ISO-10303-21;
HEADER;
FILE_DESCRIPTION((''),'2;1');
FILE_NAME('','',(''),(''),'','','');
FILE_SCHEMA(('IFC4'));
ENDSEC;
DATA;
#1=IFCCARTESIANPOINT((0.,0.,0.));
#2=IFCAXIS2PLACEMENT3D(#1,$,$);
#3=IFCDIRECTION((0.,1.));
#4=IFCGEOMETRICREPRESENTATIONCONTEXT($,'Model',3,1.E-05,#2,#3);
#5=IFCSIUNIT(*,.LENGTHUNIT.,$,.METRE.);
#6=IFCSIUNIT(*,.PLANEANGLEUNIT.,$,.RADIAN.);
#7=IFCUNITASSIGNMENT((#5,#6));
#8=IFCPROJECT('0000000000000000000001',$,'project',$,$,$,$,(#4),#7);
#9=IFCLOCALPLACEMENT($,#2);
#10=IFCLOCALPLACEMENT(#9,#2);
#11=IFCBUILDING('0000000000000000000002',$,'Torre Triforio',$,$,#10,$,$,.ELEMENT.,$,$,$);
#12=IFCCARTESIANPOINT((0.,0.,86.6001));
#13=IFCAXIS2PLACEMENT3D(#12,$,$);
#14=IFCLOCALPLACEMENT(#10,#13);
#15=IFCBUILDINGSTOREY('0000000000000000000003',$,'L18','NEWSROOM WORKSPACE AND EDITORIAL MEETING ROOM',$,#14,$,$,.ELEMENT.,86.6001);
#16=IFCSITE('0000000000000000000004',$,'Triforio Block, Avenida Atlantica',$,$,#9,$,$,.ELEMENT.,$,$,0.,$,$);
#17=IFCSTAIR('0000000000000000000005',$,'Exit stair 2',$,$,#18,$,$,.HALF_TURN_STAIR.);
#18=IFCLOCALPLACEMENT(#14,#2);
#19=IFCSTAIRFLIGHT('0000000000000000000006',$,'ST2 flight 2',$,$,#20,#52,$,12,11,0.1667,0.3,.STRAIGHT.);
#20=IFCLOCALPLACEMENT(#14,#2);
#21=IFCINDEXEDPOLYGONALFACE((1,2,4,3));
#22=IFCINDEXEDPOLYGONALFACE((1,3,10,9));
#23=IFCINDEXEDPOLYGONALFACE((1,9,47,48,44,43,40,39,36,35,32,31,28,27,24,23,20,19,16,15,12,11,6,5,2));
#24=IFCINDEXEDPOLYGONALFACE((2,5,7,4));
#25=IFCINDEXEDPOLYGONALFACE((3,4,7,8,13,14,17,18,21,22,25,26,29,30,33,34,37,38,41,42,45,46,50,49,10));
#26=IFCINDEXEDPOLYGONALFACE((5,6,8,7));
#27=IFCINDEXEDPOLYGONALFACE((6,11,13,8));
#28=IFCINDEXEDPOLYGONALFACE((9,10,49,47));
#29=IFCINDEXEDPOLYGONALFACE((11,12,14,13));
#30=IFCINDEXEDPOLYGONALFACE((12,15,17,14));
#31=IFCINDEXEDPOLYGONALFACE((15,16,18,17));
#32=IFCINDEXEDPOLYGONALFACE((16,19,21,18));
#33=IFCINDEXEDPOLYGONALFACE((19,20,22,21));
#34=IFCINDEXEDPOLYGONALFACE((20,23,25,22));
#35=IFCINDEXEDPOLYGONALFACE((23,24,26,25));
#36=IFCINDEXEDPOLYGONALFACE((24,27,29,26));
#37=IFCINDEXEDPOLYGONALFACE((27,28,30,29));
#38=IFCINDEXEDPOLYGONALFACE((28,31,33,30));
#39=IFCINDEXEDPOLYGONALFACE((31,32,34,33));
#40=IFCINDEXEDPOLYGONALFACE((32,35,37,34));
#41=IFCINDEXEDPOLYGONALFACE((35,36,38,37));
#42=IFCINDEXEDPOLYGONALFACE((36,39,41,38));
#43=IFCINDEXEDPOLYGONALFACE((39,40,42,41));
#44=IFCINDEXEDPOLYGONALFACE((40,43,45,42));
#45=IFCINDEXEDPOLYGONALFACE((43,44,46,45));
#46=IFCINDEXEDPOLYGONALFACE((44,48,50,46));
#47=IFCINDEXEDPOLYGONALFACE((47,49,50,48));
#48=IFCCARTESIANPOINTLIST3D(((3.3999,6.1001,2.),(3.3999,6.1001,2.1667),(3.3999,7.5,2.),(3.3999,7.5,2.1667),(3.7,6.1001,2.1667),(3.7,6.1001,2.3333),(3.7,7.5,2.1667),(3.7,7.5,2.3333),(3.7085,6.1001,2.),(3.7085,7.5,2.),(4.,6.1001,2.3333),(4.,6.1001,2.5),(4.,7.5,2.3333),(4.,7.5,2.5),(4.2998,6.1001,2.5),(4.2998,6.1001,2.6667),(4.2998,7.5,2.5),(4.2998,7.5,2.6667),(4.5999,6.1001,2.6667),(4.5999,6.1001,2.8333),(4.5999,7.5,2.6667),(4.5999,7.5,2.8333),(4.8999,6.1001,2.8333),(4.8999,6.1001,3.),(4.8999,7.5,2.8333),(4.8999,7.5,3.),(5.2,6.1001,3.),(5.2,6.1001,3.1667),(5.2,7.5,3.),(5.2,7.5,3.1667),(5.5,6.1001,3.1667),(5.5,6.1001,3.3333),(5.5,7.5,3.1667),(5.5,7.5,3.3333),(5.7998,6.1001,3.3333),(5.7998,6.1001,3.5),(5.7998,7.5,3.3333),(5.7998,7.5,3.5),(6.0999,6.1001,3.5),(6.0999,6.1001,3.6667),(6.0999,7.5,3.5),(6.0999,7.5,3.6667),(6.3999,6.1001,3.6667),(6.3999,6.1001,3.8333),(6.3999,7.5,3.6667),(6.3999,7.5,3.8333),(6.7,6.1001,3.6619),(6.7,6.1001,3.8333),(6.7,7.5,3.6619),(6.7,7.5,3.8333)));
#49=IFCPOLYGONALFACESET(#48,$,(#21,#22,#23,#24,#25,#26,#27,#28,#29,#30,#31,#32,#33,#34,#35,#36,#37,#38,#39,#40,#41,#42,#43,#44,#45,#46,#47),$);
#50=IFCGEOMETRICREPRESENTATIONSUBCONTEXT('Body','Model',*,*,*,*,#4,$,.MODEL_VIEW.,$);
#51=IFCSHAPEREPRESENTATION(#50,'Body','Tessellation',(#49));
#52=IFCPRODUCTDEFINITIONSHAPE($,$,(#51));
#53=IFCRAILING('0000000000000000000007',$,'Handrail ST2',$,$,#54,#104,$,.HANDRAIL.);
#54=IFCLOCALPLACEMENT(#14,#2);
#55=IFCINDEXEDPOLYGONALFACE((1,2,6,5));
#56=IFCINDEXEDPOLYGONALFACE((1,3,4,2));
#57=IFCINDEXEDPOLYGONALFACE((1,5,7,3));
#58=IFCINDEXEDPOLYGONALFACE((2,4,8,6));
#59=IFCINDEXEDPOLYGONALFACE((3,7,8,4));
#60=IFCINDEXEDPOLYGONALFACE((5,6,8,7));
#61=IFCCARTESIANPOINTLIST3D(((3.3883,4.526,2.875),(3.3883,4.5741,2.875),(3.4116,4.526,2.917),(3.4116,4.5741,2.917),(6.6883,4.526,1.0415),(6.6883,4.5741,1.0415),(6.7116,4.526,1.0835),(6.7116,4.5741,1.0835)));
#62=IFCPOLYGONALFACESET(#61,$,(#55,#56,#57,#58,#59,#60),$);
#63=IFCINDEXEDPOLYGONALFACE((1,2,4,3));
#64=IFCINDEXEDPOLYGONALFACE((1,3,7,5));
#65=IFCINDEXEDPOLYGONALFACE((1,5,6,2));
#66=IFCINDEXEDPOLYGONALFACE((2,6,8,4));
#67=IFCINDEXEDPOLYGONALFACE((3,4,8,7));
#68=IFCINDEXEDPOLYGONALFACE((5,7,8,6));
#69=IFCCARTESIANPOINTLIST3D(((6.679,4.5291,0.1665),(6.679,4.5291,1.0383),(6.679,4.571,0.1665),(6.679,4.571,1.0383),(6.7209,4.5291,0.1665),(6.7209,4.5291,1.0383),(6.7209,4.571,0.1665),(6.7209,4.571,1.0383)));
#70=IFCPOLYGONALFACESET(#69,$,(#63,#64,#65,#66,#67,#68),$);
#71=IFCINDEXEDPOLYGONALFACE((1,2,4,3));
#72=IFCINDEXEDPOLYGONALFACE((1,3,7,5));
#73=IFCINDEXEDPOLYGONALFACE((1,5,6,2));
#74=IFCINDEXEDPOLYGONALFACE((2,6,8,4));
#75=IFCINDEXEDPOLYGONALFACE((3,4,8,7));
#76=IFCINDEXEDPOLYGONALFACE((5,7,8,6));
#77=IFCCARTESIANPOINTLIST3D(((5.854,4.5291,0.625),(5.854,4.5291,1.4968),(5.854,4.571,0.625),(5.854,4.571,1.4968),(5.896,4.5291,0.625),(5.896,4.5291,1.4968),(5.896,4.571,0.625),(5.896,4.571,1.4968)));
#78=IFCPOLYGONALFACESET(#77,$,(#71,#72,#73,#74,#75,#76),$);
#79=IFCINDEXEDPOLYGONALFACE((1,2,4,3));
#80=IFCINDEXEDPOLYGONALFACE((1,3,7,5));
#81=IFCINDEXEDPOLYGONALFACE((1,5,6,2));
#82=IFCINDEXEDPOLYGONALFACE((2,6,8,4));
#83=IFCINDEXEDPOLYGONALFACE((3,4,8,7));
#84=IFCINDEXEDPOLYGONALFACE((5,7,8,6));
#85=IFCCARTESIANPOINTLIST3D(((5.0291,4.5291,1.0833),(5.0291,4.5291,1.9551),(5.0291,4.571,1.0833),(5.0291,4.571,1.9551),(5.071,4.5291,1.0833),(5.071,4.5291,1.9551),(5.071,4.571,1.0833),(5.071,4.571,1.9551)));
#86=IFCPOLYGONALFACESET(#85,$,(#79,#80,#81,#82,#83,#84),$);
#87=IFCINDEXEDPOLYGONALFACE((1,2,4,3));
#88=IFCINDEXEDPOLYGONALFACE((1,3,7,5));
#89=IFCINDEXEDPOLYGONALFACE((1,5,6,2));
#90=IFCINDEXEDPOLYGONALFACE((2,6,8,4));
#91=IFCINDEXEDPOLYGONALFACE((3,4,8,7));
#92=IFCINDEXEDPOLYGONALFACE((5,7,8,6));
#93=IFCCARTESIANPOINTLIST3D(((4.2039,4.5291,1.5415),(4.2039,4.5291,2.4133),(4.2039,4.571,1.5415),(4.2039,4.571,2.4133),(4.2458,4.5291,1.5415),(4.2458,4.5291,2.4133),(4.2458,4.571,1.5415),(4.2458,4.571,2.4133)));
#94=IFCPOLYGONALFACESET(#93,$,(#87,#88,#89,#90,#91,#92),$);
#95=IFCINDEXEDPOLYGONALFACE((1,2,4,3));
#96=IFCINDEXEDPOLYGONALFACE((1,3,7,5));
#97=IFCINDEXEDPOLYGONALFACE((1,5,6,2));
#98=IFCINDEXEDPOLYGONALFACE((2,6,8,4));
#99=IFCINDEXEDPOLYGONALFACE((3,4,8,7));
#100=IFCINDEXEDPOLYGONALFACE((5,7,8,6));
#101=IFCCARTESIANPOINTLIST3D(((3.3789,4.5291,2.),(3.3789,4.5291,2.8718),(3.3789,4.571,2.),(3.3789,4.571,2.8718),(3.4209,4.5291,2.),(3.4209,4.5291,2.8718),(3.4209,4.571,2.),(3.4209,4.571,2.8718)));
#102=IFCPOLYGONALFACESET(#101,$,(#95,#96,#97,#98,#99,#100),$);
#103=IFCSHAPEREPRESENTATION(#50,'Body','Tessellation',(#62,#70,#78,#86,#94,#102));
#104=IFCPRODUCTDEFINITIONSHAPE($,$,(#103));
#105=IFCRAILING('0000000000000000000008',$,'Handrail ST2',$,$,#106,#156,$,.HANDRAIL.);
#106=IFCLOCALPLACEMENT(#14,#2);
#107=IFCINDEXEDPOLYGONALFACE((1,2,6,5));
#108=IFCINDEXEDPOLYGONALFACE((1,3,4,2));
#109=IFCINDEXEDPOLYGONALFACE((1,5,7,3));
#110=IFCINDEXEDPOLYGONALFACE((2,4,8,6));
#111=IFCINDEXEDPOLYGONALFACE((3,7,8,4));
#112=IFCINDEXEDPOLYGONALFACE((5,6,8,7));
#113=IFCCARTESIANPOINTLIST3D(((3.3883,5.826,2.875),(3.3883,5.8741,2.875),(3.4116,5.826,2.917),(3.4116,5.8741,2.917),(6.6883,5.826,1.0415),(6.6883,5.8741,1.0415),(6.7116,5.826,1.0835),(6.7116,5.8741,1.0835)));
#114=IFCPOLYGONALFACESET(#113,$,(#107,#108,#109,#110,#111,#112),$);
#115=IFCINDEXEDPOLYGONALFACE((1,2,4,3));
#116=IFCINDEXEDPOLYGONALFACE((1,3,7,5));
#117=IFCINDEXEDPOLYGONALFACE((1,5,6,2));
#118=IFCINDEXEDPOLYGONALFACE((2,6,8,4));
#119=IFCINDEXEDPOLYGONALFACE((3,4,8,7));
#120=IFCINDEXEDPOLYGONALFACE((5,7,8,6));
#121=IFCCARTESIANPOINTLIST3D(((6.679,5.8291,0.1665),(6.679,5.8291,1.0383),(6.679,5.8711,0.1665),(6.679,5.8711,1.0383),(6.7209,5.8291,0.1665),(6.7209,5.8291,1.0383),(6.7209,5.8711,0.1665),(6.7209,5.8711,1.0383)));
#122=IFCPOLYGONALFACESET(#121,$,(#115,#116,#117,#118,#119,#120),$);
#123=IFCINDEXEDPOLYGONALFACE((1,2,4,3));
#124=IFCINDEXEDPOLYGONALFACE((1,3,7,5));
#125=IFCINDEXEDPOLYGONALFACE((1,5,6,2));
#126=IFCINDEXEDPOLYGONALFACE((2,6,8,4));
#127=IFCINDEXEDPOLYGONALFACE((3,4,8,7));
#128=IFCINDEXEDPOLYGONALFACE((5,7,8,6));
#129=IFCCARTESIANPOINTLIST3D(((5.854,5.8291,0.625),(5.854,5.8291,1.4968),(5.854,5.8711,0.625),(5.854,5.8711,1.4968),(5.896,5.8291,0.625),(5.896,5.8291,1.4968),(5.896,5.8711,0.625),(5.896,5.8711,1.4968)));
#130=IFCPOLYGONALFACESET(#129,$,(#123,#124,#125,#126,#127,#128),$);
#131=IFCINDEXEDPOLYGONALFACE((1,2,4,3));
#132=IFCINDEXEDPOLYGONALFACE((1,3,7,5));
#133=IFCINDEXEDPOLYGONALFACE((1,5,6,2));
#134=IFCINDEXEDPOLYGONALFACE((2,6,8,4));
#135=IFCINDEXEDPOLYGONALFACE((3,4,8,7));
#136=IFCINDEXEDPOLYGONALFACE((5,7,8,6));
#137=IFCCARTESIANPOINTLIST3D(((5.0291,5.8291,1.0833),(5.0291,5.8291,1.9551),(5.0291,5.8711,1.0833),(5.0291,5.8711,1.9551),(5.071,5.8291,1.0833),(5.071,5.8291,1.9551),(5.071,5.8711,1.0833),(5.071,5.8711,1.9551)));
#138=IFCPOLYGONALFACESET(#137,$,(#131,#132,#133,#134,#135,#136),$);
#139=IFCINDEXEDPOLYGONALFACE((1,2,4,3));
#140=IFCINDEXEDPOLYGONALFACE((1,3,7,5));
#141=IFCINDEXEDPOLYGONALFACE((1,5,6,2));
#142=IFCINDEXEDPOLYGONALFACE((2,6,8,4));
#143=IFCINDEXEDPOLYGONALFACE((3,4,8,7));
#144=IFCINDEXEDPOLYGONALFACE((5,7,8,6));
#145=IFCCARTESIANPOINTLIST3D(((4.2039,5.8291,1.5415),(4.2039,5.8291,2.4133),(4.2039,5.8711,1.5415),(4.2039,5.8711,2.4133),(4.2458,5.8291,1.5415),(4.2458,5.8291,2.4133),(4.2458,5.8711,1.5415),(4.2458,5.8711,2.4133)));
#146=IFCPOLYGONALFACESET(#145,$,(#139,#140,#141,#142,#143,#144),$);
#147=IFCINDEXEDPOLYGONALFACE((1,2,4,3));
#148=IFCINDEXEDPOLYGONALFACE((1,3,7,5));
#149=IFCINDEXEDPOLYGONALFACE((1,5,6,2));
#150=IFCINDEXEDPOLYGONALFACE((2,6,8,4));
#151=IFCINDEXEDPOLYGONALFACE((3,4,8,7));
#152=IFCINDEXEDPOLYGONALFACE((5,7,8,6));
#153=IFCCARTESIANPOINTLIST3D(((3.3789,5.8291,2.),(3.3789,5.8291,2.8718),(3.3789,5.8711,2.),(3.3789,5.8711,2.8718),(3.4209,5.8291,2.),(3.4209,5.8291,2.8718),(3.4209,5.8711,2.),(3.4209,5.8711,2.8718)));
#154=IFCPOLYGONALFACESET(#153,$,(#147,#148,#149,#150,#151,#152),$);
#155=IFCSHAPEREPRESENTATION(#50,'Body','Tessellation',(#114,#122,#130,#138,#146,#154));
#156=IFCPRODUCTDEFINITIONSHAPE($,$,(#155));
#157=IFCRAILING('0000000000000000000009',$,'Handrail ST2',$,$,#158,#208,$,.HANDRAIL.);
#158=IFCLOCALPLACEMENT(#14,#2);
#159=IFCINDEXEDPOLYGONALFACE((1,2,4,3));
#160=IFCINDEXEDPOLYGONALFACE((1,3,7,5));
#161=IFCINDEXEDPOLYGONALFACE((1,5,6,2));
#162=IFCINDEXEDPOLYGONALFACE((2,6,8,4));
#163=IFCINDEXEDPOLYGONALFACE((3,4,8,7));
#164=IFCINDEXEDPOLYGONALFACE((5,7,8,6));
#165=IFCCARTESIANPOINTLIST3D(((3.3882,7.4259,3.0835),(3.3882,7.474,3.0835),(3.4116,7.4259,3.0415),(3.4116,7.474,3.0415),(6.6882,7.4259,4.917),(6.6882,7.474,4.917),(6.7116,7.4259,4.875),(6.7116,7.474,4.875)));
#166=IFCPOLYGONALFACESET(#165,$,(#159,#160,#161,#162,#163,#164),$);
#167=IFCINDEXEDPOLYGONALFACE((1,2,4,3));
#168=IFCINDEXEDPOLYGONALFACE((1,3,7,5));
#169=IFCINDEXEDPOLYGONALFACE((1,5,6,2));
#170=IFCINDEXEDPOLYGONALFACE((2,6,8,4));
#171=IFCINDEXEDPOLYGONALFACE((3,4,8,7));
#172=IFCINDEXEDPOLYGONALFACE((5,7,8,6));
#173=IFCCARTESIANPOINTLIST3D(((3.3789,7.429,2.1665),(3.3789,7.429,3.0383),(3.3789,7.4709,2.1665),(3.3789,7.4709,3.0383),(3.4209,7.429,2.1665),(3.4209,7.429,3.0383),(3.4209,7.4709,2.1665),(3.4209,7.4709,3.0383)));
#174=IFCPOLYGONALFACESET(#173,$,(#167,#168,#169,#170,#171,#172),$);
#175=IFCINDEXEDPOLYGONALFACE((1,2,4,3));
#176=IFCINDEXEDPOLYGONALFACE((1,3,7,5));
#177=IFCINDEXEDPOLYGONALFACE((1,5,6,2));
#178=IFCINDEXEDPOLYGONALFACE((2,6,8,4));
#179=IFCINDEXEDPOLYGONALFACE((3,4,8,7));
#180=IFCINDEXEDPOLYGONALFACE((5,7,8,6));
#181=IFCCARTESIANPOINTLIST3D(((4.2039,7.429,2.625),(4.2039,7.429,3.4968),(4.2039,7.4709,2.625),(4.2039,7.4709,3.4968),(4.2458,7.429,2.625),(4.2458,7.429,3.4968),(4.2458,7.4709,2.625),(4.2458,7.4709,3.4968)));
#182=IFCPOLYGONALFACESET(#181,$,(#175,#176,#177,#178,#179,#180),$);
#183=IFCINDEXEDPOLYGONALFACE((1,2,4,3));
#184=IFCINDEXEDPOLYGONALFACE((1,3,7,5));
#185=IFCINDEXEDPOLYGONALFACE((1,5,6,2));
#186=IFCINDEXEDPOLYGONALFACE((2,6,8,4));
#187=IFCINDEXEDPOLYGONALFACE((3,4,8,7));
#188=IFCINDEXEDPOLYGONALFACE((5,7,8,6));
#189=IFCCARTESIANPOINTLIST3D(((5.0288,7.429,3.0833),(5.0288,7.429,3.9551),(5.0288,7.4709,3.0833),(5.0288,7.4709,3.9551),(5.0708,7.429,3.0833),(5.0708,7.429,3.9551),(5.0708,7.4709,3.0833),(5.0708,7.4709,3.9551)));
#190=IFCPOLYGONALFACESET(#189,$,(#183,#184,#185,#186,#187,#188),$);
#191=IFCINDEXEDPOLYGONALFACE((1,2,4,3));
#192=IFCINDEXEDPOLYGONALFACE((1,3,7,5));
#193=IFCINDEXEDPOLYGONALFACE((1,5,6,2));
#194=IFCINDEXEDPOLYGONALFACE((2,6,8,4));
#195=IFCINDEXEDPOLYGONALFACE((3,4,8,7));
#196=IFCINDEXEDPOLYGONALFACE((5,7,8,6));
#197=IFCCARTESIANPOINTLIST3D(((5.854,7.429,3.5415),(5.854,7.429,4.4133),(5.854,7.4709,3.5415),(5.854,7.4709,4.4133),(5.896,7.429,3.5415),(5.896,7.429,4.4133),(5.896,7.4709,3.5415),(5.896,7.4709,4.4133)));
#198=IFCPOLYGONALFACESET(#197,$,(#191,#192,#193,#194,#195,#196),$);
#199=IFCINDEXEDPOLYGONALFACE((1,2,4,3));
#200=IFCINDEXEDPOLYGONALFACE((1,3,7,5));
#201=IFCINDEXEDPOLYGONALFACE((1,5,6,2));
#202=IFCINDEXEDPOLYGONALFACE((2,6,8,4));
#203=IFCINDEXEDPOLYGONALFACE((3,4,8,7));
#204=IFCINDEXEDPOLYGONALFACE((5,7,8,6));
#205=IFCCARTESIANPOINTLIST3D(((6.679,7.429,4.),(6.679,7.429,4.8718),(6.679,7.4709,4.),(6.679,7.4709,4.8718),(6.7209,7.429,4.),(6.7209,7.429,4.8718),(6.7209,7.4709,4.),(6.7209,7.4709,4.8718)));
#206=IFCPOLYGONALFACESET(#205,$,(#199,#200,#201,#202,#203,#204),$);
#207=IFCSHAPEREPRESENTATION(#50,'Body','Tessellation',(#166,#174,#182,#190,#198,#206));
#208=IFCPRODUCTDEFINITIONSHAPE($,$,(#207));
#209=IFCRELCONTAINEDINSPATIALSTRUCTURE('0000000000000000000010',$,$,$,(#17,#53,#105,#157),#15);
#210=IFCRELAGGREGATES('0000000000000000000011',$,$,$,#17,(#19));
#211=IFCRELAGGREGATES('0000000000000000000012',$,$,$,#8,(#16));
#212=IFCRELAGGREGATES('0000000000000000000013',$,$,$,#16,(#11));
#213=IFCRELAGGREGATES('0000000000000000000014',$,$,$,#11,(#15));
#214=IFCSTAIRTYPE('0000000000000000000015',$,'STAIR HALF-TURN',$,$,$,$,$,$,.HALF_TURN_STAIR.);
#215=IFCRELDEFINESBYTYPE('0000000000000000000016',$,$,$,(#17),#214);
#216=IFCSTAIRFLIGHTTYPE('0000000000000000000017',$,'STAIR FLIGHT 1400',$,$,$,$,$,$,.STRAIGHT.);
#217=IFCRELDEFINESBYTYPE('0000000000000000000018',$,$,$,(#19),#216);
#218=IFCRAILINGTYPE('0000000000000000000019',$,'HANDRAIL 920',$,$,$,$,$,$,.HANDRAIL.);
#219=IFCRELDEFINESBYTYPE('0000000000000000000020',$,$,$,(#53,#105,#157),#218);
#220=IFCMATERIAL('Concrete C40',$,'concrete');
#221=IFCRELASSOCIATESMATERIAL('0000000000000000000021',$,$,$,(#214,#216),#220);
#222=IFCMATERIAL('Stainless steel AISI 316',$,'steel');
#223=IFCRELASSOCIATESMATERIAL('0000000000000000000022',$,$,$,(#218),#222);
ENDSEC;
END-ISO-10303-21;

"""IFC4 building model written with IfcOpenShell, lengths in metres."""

from ifc_helpers import new_model, si_unit, direction, frame, origin, origin_2d, place, context, subcontext, project, spatial, polyline, rectangle, outline, extrude, material, type_object, element, aggregate, save


model = new_model("IFC4")

# Units and contexts
model_context = context("Model", 3, precision=1e-05, world=origin(), true_north=direction((0.0, 1.0)))
body_context = subcontext(model_context, "Body", "Model", "MODEL_VIEW")
ifc_project = project(units=[si_unit("LENGTHUNIT", "METRE"), si_unit("PLANEANGLEUNIT", "RADIAN")], contexts=[model_context])

# Site, building, storey
site_placement = place(None, origin())
site = spatial("IfcSite", under=ifc_project, at=site_placement, Name="Triforio Block, Avenida Atlantica", CompositionType="ELEMENT", RefElevation=0.0)
building_placement = place(site_placement, origin())
building = spatial("IfcBuilding", under=site, at=building_placement, Name="Torre Triforio", CompositionType="ELEMENT")
storey_placement = place(building_placement, frame((0.0, 0.0, 86.6001)))
storey = spatial("IfcBuildingStorey", under=building, at=storey_placement, Name="L18", Description="NEWSROOM WORKSPACE AND EDITORIAL MEETING ROOM", CompositionType="ELEMENT", Elevation=86.6001)

# Stair
ifc_material_1 = material(Name="Concrete C40", Category="concrete")
stair_type = type_object("IfcStairType", Name="STAIR HALF-TURN", PredefinedType="HALF_TURN_STAIR", material=ifc_material_1)
stair_1_placement = place(storey_placement, origin())
stair_1 = element("IfcStair", 1, at=stair_1_placement, inside=storey, type_object=stair_type, Name="Exit stair 2", PredefinedType="HALF_TURN_STAIR")

# Stair flight
stair_flight_type = type_object("IfcStairFlightType", Name="STAIR FLIGHT 1400", PredefinedType="STRAIGHT", material=ifc_material_1)
stair_flight_1_placement = place(storey_placement, frame((3.3999, 6.8, 2.0), z_axis=(0.0, 0.0, 1.0), x_axis=(1.0, 0.0, 0.0)))
stair_flight_1 = element("IfcStairFlight", 2, at=stair_flight_1_placement, type_object=stair_flight_type, Name="ST2 flight 2", NumberOfRisers=12, NumberOfTreads=11, PredefinedType="STRAIGHT", RiserHeight=0.1667, TreadLength=0.3, context=body_context, shape_type="SweptSolid", body=[
    extrude(outline(polyline([(0.0, 0.0), (0.0, 0.1667), (0.3, 0.1667), (0.3, 0.3333), (0.6001, 0.3333), (0.6001, 0.5), (0.8999, 0.5), (0.8999, 0.6667), (1.2, 0.6667), (1.2, 0.8333), (1.5, 0.8333), (1.5, 1.0), (1.8, 1.0), (1.8, 1.1667), (2.1001, 1.1667), (2.1001, 1.3333), (2.3999, 1.3333), (2.3999, 1.5), (2.7, 1.5), (2.7, 1.6667), (3.0, 1.6667), (3.0, 1.8333), (3.3, 1.8333), (3.3, 2.0), (3.3, 1.6619), (0.3086, 0.0), (0.0, 0.0)])), frame((0.0, 0.7, 0.0), z_axis=(0.0, -1.0, 0.0), x_axis=(1.0, 0.0, 0.0)), (0.0, 0.0, 1.0), 1.3999),
])
aggregate(stair_1, [stair_flight_1])

# Railings
ifc_material_2 = material(Name="Stainless steel AISI 316", Category="steel")
railing_type = type_object("IfcRailingType", Name="HANDRAIL 920", PredefinedType="HANDRAIL", material=ifc_material_2)
for number, where, name in (
    (3, (6.7, 4.55, 0.1665), "Handrail ST2"),
    (4, (6.7, 5.8501, 0.1665), "Handrail ST2"),
):
    element("IfcRailing", number, at=place(storey_placement, frame(where)), inside=storey, type_object=railing_type, Name=name, PredefinedType="HANDRAIL", context=body_context, shape_type="SweptSolid", body=[
        extrude(rectangle(XDim=0.0481, YDim=0.0481, at=origin_2d()), frame((0.0, 0.0, 0.896), z_axis=(-0.874142, 0.0, 0.48567), x_axis=(0.0, -1.0, 0.0)), (0.0, 0.0, 1.0), 3.7751),
        extrude(rectangle(XDim=0.042, YDim=0.042, at=origin_2d()), origin(), (0.0, 0.0, 1.0), 0.8718),
        extrude(rectangle(XDim=0.042, YDim=0.042, at=origin_2d()), frame((-0.825, 0.0, 0.4585)), (0.0, 0.0, 1.0), 0.8718),
        extrude(rectangle(XDim=0.042, YDim=0.042, at=origin_2d()), frame((-1.6499, 0.0, 0.9167)), (0.0, 0.0, 1.0), 0.8718),
        extrude(rectangle(XDim=0.042, YDim=0.042, at=origin_2d()), frame((-2.4751, 0.0, 1.375)), (0.0, 0.0, 1.0), 0.8718),
        extrude(rectangle(XDim=0.042, YDim=0.042, at=origin_2d()), frame((-3.3, 0.0, 1.8335)), (0.0, 0.0, 1.0), 0.8718),
    ])
for number, where, name in (
    (5, (3.3999, 7.45, 2.1665), "Handrail ST2"),
):
    element("IfcRailing", number, at=place(storey_placement, frame(where)), inside=storey, type_object=railing_type, Name=name, PredefinedType="HANDRAIL", context=body_context, shape_type="SweptSolid", body=[
        extrude(rectangle(XDim=0.0481, YDim=0.0481, at=origin_2d()), frame((0.0, 0.0, 0.896), z_axis=(0.874142, 0.0, 0.48567), x_axis=(0.0, 1.0, 0.0)), (0.0, 0.0, 1.0), 3.7751),
        extrude(rectangle(XDim=0.042, YDim=0.042, at=origin_2d()), origin(), (0.0, 0.0, 1.0), 0.8718),
        extrude(rectangle(XDim=0.042, YDim=0.042, at=origin_2d()), frame((0.825, 0.0, 0.4585)), (0.0, 0.0, 1.0), 0.8718),
        extrude(rectangle(XDim=0.042, YDim=0.042, at=origin_2d()), frame((1.6499, 0.0, 0.9167)), (0.0, 0.0, 1.0), 0.8718),
        extrude(rectangle(XDim=0.042, YDim=0.042, at=origin_2d()), frame((2.4751, 0.0, 1.375)), (0.0, 0.0, 1.0), 0.8718),
        extrude(rectangle(XDim=0.042, YDim=0.042, at=origin_2d()), frame((3.3, 0.0, 1.8335)), (0.0, 0.0, 1.0), 0.8718),
    ])

save(model, "model.ifc")
